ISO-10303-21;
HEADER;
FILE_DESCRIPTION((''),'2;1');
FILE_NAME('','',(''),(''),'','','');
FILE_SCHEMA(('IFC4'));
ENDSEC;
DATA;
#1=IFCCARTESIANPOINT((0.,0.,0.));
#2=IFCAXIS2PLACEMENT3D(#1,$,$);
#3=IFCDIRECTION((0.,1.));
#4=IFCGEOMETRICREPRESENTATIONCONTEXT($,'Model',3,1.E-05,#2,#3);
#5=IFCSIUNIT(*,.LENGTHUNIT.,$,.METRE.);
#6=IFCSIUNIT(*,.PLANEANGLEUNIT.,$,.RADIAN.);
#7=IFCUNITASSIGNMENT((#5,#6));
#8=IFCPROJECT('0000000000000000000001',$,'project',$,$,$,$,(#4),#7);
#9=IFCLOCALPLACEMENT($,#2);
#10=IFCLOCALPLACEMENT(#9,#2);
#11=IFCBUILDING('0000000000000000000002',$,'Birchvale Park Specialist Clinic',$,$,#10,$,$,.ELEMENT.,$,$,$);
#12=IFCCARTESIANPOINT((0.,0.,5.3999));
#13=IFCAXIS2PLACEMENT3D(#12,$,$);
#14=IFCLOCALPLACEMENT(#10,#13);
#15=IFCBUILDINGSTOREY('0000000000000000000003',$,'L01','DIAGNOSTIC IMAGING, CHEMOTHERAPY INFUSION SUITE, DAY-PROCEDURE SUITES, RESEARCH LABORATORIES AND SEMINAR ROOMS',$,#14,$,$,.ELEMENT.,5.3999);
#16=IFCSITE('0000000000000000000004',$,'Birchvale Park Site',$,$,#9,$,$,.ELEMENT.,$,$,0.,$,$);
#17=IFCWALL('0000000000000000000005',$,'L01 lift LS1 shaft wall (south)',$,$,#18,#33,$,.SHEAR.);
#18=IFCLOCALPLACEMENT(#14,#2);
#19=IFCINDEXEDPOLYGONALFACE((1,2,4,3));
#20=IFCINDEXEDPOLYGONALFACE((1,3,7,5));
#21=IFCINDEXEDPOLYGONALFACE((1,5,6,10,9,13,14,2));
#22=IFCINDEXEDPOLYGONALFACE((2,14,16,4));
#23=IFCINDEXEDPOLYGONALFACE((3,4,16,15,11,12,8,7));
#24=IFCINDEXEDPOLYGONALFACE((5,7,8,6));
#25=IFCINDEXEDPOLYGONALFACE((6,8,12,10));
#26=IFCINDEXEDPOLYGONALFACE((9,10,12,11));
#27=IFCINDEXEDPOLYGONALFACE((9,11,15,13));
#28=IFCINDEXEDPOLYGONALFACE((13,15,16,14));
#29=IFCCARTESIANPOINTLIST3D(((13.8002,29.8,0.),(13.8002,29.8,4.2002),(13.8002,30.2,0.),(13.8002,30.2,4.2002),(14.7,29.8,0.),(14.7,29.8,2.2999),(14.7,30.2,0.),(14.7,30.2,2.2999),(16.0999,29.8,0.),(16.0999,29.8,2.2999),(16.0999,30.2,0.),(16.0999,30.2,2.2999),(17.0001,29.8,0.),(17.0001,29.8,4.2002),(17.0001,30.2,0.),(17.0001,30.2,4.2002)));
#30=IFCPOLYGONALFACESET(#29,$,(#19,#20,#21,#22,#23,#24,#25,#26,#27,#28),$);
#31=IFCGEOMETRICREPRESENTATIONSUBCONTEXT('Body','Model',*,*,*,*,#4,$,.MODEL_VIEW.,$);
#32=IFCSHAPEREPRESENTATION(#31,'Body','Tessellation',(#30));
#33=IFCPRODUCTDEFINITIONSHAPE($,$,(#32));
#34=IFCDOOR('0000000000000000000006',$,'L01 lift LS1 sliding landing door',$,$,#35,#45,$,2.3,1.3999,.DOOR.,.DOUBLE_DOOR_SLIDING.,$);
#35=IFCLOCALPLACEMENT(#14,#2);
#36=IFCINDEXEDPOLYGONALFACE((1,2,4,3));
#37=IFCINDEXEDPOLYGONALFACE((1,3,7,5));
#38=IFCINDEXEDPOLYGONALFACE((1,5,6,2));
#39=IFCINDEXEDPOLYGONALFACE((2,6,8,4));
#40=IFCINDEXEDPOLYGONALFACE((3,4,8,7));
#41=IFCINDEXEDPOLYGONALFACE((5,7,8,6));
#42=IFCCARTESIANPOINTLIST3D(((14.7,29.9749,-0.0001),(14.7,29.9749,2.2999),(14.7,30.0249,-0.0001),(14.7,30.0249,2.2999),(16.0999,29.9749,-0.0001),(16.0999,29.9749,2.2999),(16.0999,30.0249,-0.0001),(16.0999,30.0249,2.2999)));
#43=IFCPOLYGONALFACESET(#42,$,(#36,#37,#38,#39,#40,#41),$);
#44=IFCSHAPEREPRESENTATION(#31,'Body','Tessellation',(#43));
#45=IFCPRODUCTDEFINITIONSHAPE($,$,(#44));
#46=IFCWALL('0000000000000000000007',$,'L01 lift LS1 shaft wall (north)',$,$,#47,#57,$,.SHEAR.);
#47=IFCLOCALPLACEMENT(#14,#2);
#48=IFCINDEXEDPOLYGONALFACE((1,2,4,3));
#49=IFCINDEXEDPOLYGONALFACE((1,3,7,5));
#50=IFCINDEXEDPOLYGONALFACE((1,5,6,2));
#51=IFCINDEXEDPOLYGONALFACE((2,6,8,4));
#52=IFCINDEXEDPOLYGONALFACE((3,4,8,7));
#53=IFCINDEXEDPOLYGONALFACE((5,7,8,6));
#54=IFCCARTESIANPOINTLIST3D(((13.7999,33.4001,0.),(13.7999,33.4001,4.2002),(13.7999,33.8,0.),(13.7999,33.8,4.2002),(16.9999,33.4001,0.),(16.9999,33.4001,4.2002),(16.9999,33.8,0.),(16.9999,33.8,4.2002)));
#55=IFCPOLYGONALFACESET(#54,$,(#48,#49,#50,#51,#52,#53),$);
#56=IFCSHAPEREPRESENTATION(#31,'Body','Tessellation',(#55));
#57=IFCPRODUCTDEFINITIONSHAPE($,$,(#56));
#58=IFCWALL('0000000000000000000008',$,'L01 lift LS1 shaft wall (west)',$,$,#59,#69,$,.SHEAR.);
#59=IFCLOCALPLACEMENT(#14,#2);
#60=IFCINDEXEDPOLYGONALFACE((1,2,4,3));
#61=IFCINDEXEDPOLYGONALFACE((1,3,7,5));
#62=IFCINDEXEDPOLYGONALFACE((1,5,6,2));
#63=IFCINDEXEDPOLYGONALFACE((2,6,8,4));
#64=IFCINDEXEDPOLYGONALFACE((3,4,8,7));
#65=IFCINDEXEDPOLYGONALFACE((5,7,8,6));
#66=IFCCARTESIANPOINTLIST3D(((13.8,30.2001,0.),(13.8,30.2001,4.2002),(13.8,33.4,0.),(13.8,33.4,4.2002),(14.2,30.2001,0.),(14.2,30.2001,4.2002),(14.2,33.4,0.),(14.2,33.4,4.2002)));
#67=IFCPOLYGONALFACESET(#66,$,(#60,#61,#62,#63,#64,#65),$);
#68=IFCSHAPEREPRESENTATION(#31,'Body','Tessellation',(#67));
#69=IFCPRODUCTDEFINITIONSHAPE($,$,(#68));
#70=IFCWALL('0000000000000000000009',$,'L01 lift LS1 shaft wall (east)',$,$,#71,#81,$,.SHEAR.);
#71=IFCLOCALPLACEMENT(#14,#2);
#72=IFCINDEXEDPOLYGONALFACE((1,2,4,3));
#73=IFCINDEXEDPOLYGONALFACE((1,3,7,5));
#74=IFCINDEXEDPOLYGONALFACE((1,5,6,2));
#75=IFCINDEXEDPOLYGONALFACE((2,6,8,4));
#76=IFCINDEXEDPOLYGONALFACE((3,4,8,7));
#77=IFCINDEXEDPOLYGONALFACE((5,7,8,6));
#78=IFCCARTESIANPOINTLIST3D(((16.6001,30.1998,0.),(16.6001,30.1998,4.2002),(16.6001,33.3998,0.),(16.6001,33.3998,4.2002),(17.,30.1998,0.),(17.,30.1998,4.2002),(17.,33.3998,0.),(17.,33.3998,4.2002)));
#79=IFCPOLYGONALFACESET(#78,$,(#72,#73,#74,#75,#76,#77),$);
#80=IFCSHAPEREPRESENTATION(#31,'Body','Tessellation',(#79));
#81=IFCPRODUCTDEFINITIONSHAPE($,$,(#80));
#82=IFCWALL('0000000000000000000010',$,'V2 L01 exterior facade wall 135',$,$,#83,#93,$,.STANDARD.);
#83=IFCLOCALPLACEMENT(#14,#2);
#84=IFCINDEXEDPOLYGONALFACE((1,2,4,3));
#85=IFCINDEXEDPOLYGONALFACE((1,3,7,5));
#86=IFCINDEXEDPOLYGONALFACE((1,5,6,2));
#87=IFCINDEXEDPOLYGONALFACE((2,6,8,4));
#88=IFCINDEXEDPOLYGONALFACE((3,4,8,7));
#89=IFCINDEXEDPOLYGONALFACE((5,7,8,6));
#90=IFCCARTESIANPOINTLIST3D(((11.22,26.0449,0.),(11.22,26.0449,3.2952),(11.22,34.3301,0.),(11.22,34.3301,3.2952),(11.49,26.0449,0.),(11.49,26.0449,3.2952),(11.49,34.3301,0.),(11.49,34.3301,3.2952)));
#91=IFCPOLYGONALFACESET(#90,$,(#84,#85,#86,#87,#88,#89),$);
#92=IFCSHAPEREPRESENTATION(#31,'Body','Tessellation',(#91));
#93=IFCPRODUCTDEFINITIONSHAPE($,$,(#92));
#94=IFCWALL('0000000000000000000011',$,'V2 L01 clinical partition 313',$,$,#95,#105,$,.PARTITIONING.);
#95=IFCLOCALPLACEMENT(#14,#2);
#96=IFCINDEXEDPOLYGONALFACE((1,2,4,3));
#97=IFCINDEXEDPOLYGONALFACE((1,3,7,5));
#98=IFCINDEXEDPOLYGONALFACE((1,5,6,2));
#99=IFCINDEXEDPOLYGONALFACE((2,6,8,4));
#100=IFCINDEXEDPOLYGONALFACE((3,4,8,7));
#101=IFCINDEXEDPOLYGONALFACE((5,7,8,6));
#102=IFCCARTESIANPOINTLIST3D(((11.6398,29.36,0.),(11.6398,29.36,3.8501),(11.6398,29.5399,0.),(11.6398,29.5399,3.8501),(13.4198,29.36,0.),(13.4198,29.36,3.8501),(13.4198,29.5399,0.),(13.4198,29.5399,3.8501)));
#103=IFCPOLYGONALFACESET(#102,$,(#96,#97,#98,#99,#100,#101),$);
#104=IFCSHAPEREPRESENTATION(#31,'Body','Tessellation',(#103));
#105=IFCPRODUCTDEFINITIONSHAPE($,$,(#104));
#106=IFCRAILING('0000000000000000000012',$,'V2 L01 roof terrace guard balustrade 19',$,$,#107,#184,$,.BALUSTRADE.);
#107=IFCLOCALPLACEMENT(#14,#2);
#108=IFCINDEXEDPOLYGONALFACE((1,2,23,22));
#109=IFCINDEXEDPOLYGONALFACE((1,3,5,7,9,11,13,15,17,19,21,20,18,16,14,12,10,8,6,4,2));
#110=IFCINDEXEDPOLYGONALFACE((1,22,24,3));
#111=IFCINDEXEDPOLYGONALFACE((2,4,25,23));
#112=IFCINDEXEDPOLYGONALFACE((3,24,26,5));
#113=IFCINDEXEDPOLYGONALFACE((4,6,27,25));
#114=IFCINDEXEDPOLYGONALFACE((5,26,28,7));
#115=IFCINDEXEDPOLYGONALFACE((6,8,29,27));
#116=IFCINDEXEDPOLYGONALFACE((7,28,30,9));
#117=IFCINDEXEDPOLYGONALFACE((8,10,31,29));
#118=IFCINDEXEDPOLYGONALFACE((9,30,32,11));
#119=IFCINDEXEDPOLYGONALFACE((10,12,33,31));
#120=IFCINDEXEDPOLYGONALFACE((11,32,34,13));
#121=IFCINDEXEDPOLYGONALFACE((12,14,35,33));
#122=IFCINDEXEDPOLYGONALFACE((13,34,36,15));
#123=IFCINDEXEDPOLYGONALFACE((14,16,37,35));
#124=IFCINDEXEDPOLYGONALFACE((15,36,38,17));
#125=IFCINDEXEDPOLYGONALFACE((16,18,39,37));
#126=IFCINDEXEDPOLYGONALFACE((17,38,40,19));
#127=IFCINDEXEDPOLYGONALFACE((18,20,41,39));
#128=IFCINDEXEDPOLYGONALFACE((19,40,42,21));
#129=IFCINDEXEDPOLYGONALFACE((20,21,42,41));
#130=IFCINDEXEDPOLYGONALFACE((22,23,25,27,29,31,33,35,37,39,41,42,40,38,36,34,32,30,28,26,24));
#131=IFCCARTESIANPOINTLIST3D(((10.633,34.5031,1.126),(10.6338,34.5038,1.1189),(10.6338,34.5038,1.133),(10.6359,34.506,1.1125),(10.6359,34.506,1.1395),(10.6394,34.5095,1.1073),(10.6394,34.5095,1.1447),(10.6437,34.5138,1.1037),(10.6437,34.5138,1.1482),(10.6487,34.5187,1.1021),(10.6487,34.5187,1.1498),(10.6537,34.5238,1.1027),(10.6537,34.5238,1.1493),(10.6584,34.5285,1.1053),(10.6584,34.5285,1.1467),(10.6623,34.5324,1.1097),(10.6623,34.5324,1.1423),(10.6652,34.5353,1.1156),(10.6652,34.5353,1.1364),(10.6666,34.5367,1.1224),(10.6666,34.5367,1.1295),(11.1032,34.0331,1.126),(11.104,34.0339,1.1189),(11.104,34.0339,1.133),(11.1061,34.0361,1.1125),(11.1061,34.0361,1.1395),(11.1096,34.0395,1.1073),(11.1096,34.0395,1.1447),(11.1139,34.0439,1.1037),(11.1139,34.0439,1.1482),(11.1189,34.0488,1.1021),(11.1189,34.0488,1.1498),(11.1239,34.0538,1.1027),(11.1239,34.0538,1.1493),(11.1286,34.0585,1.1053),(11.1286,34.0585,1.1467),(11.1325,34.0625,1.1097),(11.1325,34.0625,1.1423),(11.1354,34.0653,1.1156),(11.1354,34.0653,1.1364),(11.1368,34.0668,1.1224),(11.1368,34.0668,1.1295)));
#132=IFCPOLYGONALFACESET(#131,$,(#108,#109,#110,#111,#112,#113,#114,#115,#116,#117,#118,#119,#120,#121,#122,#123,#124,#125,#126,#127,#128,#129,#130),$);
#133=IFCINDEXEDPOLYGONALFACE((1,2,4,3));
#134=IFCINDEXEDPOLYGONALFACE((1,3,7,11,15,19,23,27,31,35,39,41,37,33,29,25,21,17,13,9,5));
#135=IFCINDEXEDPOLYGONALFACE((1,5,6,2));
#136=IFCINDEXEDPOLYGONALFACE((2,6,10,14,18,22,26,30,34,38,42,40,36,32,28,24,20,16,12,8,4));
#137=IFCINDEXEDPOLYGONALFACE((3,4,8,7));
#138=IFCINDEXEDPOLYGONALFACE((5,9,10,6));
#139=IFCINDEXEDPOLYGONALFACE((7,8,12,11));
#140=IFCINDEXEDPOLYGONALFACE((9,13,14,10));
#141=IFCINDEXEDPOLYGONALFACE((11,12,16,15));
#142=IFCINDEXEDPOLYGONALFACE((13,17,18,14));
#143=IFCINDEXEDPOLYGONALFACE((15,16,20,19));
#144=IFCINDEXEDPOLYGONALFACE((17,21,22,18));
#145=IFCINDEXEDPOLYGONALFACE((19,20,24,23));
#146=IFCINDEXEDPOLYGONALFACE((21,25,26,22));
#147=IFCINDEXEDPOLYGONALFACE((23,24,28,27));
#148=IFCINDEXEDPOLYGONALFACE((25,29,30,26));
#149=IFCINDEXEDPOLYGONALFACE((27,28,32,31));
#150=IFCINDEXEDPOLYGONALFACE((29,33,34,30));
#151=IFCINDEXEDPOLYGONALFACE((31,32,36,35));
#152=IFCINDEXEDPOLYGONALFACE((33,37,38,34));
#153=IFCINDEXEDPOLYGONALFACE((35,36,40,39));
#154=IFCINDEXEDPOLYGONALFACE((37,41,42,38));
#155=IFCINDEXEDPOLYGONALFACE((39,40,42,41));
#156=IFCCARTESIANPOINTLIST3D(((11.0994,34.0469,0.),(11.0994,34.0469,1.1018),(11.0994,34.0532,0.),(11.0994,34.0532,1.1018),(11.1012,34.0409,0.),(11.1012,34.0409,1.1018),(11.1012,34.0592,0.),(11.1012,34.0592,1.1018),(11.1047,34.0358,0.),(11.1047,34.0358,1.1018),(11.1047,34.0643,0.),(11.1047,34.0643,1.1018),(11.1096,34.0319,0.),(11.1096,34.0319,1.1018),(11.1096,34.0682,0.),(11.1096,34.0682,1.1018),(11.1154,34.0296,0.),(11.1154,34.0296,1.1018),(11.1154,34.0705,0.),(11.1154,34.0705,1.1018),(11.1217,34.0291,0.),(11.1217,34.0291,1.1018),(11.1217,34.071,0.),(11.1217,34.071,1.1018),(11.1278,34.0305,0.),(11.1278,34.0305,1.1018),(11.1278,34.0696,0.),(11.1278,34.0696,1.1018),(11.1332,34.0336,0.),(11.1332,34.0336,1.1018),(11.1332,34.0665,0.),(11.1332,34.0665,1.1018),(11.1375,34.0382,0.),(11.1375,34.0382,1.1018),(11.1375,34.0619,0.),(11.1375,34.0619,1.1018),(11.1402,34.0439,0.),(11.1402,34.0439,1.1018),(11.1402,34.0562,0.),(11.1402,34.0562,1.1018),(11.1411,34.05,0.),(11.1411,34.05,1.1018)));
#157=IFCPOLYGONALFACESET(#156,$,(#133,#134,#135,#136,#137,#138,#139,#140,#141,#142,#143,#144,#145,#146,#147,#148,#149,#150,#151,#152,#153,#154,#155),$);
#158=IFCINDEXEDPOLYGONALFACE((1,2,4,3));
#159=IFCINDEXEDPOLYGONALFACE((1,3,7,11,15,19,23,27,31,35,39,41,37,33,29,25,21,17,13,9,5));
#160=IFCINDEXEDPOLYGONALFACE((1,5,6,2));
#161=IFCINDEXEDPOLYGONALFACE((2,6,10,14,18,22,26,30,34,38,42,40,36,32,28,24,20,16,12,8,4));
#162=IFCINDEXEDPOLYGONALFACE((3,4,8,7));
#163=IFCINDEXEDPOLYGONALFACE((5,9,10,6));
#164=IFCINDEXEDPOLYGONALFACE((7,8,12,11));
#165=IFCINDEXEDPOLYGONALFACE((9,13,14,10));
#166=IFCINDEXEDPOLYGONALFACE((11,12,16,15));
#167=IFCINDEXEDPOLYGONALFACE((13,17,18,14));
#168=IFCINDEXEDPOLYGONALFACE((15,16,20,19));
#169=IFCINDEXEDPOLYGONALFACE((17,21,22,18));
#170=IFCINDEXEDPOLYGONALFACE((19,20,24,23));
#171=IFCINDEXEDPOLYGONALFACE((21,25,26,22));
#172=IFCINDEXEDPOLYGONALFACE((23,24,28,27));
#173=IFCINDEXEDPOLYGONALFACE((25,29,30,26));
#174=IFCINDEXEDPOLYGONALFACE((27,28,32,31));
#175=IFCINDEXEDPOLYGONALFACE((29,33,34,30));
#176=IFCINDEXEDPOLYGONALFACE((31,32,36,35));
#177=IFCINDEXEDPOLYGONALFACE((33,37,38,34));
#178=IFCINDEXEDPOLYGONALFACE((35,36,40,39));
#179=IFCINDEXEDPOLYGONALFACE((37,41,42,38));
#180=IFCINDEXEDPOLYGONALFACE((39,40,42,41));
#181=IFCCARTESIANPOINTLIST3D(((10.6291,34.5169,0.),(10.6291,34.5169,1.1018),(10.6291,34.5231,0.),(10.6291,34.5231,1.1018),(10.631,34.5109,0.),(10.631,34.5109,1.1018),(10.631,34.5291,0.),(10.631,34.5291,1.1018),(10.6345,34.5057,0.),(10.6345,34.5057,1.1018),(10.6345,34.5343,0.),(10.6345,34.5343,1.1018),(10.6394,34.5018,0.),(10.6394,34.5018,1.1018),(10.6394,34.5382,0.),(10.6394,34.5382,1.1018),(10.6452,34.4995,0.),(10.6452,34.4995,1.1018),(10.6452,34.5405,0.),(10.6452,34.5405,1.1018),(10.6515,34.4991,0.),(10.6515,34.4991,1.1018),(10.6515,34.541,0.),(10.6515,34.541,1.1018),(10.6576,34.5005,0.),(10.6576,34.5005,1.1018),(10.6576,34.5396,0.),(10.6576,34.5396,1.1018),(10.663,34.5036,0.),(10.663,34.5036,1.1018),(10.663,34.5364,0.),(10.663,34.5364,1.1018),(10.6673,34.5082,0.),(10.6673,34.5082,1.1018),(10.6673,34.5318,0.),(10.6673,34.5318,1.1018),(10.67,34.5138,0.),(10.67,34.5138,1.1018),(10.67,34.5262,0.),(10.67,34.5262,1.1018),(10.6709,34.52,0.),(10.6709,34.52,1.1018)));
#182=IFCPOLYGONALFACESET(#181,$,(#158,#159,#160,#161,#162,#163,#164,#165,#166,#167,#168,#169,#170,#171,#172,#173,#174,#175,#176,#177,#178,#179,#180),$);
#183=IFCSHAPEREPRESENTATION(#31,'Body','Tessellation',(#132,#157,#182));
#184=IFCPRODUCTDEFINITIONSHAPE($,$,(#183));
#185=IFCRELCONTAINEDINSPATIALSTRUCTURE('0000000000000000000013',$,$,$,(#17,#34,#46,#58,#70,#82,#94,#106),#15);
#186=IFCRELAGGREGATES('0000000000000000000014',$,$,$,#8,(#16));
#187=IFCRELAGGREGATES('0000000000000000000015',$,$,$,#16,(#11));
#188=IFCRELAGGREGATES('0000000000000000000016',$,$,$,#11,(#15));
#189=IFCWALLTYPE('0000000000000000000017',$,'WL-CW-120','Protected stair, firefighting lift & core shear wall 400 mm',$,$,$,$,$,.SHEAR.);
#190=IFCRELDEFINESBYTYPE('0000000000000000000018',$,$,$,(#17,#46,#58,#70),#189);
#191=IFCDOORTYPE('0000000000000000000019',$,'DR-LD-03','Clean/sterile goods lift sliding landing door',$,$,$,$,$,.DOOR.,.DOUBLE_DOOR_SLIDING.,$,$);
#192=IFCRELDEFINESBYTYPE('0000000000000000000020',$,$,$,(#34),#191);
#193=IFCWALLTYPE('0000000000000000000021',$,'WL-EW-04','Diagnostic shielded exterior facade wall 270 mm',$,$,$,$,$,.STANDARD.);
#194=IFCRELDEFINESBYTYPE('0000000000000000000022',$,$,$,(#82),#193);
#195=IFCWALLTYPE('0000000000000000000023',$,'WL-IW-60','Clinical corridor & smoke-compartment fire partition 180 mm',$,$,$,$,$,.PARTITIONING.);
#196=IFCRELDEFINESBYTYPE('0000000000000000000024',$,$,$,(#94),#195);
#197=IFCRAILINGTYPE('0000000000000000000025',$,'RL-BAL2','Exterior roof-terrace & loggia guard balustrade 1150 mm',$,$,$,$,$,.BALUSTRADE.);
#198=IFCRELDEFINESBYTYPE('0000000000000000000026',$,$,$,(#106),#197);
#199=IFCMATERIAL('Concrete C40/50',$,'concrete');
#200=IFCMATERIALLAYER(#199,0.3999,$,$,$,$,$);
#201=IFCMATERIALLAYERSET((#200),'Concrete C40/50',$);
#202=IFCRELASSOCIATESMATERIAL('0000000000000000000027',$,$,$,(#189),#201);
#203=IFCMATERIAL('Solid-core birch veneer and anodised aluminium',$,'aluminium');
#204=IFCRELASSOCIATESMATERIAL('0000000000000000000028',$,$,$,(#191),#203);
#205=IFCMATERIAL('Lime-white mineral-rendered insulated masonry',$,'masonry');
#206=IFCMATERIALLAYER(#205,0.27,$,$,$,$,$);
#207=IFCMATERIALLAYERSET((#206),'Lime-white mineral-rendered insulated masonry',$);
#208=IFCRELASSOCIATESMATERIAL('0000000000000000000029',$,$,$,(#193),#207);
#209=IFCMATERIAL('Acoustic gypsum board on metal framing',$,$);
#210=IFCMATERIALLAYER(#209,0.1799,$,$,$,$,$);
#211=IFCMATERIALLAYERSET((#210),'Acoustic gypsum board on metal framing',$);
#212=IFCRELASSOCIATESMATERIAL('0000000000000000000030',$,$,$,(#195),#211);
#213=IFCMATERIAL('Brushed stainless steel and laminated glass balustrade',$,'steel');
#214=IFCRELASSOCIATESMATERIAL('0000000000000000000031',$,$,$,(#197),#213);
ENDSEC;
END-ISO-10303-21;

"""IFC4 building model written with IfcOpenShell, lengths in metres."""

from ifc_helpers import new_model, si_unit, direction, frame, frame_2d, origin, origin_2d, place, context, subcontext, project, spatial, rectangle, circle, extrude, material, layer, layer_set, type_object, element, fill, save


model = new_model("IFC4")

# Units and contexts
model_context = context("Model", 3, precision=1e-05, world=origin(), true_north=direction((0.0, 1.0)))
body_context = subcontext(model_context, "Body", "Model", "MODEL_VIEW")
ifc_project = project(units=[si_unit("LENGTHUNIT", "METRE"), si_unit("PLANEANGLEUNIT", "RADIAN")], contexts=[model_context])

# Site, building, storey
site_placement = place(None, origin())
site = spatial("IfcSite", under=ifc_project, at=site_placement, Name="Birchvale Park Site", CompositionType="ELEMENT", RefElevation=0.0)
building_placement = place(site_placement, origin())
building = spatial("IfcBuilding", under=site, at=building_placement, Name="Birchvale Park Specialist Clinic", CompositionType="ELEMENT")
storey_placement = place(building_placement, frame((0.0, 0.0, 5.3999)))
storey = spatial("IfcBuildingStorey", under=building, at=storey_placement, Name="L01", Description="DIAGNOSTIC IMAGING, CHEMOTHERAPY INFUSION SUITE, DAY-PROCEDURE SUITES, RESEARCH LABORATORIES AND SEMINAR ROOMS", CompositionType="ELEMENT", Elevation=5.3999)

# Shared definitions
ifc_material_1 = material(Name="Concrete C40/50", Category="concrete")

# Wall, opening, door
ifc_layer_1 = layer(ifc_material_1, 0.3999)
ifc_layer_set_1 = layer_set([ifc_layer_1], Name="Concrete C40/50")
wall_type_1 = type_object("IfcWallType", Name="WL-CW-120", Description="Protected stair, firefighting lift & core shear wall 400 mm", PredefinedType="SHEAR", material=ifc_layer_set_1)
wall_1_placement = place(storey_placement, frame((13.8, 30.0, 0.0), z_axis=(0.0, 0.0, 1.0), x_axis=(1.0, 0.0, 0.0)))
wall_1 = element("IfcWall", 1, at=wall_1_placement, inside=storey, type_object=wall_type_1, Name="L01 lift LS1 shaft wall (south)", PredefinedType="SHEAR", context=body_context, shape_type="SweptSolid", body=[
    extrude(rectangle(XDim=3.2, YDim=0.3999, at=frame_2d((1.6001, 0.0))), origin(), (0.0, 0.0, 1.0), 4.2002),
])
opening_placement = place(wall_1_placement, frame((0.8999, 0.0, 0.0)))
opening = element("IfcOpeningElement", 2, at=opening_placement, cuts=wall_1, PredefinedType="OPENING", context=body_context, shape_type="SweptSolid", body=[
    extrude(rectangle(XDim=1.3999, YDim=2.3, at=frame_2d((0.7, 1.1499))), frame((0.0, 0.21, 0.0), z_axis=(0.0, -1.0, 0.0), x_axis=(1.0, 0.0, 0.0)), (0.0, 0.0, 1.0), 0.4199),
])
ifc_material_2 = material(Name="Solid-core birch veneer and anodised aluminium", Category="aluminium")
door_type = type_object("IfcDoorType", Name="DR-LD-03", Description="Clean/sterile goods lift sliding landing door", OperationType="DOUBLE_DOOR_SLIDING", PredefinedType="DOOR", material=ifc_material_2)
door_placement = place(opening_placement, origin())
door = element("IfcDoor", 3, at=door_placement, inside=storey, type_object=door_type, Name="L01 lift LS1 sliding landing door", OperationType="DOUBLE_DOOR_SLIDING", OverallHeight=2.3, OverallWidth=1.3999, PredefinedType="DOOR", context=body_context, shape_type="SweptSolid", body=[
    extrude(rectangle(XDim=1.3999, YDim=2.3, at=frame_2d((0.7, 1.1499))), frame((0.0, 0.0249, 0.0), z_axis=(0.0, -1.0, 0.0), x_axis=(1.0, 0.0, 0.0)), (0.0, 0.0, 1.0), 0.05),
])
fill(opening, door)

# Walls
for number, where, z_axis, x_axis, name in (
    (4, (17.0, 33.6001, 0.0), (0.0, 0.0, 1.0), (-1.0, 0.0, 0.0), "L01 lift LS1 shaft wall (north)"),
    (5, (14.0, 30.2, 0.0), (0.0, 0.0, 1.0), (0.0, 1.0, 0.0), "L01 lift LS1 shaft wall (west)"),
    (6, (16.8, 33.3999, 0.0), (0.0, 0.0, 1.0), (0.0, -1.0, 0.0), "L01 lift LS1 shaft wall (east)"),
):
    element("IfcWall", number, at=place(storey_placement, frame(where, z_axis=z_axis, x_axis=x_axis)), inside=storey, type_object=wall_type_1, Name=name, PredefinedType="SHEAR", context=body_context, shape_type="SweptSolid", body=[
        extrude(rectangle(XDim=3.2, YDim=0.3999, at=frame_2d((1.6001, 0.0))), origin(), (0.0, 0.0, 1.0), 4.2002),
    ])
ifc_material_3 = material(Name="Lime-white mineral-rendered insulated masonry", Category="masonry")
ifc_layer_2 = layer(ifc_material_3, 0.27)
ifc_layer_set_2 = layer_set([ifc_layer_2], Name="Lime-white mineral-rendered insulated masonry")
wall_type_2 = type_object("IfcWallType", Name="WL-EW-04", Description="Diagnostic shielded exterior facade wall 270 mm", PredefinedType="STANDARD", material=ifc_layer_set_2)
wall_2_placement = place(storey_placement, frame((11.355, 34.3301, 0.0), z_axis=(0.0, 0.0, 1.0), x_axis=(0.0, -1.0, 0.0)))
element("IfcWall", 7, at=wall_2_placement, inside=storey, type_object=wall_type_2, Name="V2 L01 exterior facade wall 135", PredefinedType="STANDARD", context=body_context, shape_type="SweptSolid", body=[
    extrude(rectangle(XDim=8.2852, YDim=0.27, at=frame_2d((4.1426, 0.0))), origin(), (0.0, 0.0, 1.0), 3.2952),
])
ifc_material_4 = material(Name="Acoustic gypsum board on metal framing")
ifc_layer_3 = layer(ifc_material_4, 0.1799)
ifc_layer_set_3 = layer_set([ifc_layer_3], Name="Acoustic gypsum board on metal framing")
wall_type_3 = type_object("IfcWallType", Name="WL-IW-60", Description="Clinical corridor & smoke-compartment fire partition 180 mm", PredefinedType="PARTITIONING", material=ifc_layer_set_3)
wall_3_placement = place(storey_placement, frame((13.4199, 29.45, 0.0), z_axis=(0.0, 0.0, 1.0), x_axis=(-1.0, 0.0, 0.0)))
element("IfcWall", 8, at=wall_3_placement, inside=storey, type_object=wall_type_3, Name="V2 L01 clinical partition 313", PredefinedType="PARTITIONING", context=body_context, shape_type="SweptSolid", body=[
    extrude(rectangle(XDim=1.78, YDim=0.1799, at=frame_2d((0.8901, 0.0))), origin(), (0.0, 0.0, 1.0), 3.8501),
])

# Railing
ifc_material_5 = material(Name="Brushed stainless steel and laminated glass balustrade", Category="steel")
railing_type = type_object("IfcRailingType", Name="RL-BAL2", Description="Exterior roof-terrace & loggia guard balustrade 1150 mm", PredefinedType="BALUSTRADE", material=ifc_material_5)
railing_1_placement = place(storey_placement, frame((11.1201, 34.05, 0.0)))
element("IfcRailing", 9, at=railing_1_placement, inside=storey, type_object=railing_type, Name="V2 L01 roof terrace guard balustrade 19", PredefinedType="BALUSTRADE", context=body_context, shape_type="SweptSolid", body=[
    extrude(circle(Radius=0.0239, at=origin_2d()), frame((0.0, 0.0, 1.126), z_axis=(-0.70729, 0.706923, 0.0), x_axis=(-0.706923, -0.70729, 0.0)), (0.0, 0.0, 1.0), 0.6648),
    extrude(circle(Radius=0.021, at=origin_2d()), origin(), (0.0, 0.0, 1.0), 1.1018),
    extrude(circle(Radius=0.021, at=origin_2d()), frame((-0.4702, 0.47, 0.0)), (0.0, 0.0, 1.0), 1.1018),
])

save(model, "model.ifc")
